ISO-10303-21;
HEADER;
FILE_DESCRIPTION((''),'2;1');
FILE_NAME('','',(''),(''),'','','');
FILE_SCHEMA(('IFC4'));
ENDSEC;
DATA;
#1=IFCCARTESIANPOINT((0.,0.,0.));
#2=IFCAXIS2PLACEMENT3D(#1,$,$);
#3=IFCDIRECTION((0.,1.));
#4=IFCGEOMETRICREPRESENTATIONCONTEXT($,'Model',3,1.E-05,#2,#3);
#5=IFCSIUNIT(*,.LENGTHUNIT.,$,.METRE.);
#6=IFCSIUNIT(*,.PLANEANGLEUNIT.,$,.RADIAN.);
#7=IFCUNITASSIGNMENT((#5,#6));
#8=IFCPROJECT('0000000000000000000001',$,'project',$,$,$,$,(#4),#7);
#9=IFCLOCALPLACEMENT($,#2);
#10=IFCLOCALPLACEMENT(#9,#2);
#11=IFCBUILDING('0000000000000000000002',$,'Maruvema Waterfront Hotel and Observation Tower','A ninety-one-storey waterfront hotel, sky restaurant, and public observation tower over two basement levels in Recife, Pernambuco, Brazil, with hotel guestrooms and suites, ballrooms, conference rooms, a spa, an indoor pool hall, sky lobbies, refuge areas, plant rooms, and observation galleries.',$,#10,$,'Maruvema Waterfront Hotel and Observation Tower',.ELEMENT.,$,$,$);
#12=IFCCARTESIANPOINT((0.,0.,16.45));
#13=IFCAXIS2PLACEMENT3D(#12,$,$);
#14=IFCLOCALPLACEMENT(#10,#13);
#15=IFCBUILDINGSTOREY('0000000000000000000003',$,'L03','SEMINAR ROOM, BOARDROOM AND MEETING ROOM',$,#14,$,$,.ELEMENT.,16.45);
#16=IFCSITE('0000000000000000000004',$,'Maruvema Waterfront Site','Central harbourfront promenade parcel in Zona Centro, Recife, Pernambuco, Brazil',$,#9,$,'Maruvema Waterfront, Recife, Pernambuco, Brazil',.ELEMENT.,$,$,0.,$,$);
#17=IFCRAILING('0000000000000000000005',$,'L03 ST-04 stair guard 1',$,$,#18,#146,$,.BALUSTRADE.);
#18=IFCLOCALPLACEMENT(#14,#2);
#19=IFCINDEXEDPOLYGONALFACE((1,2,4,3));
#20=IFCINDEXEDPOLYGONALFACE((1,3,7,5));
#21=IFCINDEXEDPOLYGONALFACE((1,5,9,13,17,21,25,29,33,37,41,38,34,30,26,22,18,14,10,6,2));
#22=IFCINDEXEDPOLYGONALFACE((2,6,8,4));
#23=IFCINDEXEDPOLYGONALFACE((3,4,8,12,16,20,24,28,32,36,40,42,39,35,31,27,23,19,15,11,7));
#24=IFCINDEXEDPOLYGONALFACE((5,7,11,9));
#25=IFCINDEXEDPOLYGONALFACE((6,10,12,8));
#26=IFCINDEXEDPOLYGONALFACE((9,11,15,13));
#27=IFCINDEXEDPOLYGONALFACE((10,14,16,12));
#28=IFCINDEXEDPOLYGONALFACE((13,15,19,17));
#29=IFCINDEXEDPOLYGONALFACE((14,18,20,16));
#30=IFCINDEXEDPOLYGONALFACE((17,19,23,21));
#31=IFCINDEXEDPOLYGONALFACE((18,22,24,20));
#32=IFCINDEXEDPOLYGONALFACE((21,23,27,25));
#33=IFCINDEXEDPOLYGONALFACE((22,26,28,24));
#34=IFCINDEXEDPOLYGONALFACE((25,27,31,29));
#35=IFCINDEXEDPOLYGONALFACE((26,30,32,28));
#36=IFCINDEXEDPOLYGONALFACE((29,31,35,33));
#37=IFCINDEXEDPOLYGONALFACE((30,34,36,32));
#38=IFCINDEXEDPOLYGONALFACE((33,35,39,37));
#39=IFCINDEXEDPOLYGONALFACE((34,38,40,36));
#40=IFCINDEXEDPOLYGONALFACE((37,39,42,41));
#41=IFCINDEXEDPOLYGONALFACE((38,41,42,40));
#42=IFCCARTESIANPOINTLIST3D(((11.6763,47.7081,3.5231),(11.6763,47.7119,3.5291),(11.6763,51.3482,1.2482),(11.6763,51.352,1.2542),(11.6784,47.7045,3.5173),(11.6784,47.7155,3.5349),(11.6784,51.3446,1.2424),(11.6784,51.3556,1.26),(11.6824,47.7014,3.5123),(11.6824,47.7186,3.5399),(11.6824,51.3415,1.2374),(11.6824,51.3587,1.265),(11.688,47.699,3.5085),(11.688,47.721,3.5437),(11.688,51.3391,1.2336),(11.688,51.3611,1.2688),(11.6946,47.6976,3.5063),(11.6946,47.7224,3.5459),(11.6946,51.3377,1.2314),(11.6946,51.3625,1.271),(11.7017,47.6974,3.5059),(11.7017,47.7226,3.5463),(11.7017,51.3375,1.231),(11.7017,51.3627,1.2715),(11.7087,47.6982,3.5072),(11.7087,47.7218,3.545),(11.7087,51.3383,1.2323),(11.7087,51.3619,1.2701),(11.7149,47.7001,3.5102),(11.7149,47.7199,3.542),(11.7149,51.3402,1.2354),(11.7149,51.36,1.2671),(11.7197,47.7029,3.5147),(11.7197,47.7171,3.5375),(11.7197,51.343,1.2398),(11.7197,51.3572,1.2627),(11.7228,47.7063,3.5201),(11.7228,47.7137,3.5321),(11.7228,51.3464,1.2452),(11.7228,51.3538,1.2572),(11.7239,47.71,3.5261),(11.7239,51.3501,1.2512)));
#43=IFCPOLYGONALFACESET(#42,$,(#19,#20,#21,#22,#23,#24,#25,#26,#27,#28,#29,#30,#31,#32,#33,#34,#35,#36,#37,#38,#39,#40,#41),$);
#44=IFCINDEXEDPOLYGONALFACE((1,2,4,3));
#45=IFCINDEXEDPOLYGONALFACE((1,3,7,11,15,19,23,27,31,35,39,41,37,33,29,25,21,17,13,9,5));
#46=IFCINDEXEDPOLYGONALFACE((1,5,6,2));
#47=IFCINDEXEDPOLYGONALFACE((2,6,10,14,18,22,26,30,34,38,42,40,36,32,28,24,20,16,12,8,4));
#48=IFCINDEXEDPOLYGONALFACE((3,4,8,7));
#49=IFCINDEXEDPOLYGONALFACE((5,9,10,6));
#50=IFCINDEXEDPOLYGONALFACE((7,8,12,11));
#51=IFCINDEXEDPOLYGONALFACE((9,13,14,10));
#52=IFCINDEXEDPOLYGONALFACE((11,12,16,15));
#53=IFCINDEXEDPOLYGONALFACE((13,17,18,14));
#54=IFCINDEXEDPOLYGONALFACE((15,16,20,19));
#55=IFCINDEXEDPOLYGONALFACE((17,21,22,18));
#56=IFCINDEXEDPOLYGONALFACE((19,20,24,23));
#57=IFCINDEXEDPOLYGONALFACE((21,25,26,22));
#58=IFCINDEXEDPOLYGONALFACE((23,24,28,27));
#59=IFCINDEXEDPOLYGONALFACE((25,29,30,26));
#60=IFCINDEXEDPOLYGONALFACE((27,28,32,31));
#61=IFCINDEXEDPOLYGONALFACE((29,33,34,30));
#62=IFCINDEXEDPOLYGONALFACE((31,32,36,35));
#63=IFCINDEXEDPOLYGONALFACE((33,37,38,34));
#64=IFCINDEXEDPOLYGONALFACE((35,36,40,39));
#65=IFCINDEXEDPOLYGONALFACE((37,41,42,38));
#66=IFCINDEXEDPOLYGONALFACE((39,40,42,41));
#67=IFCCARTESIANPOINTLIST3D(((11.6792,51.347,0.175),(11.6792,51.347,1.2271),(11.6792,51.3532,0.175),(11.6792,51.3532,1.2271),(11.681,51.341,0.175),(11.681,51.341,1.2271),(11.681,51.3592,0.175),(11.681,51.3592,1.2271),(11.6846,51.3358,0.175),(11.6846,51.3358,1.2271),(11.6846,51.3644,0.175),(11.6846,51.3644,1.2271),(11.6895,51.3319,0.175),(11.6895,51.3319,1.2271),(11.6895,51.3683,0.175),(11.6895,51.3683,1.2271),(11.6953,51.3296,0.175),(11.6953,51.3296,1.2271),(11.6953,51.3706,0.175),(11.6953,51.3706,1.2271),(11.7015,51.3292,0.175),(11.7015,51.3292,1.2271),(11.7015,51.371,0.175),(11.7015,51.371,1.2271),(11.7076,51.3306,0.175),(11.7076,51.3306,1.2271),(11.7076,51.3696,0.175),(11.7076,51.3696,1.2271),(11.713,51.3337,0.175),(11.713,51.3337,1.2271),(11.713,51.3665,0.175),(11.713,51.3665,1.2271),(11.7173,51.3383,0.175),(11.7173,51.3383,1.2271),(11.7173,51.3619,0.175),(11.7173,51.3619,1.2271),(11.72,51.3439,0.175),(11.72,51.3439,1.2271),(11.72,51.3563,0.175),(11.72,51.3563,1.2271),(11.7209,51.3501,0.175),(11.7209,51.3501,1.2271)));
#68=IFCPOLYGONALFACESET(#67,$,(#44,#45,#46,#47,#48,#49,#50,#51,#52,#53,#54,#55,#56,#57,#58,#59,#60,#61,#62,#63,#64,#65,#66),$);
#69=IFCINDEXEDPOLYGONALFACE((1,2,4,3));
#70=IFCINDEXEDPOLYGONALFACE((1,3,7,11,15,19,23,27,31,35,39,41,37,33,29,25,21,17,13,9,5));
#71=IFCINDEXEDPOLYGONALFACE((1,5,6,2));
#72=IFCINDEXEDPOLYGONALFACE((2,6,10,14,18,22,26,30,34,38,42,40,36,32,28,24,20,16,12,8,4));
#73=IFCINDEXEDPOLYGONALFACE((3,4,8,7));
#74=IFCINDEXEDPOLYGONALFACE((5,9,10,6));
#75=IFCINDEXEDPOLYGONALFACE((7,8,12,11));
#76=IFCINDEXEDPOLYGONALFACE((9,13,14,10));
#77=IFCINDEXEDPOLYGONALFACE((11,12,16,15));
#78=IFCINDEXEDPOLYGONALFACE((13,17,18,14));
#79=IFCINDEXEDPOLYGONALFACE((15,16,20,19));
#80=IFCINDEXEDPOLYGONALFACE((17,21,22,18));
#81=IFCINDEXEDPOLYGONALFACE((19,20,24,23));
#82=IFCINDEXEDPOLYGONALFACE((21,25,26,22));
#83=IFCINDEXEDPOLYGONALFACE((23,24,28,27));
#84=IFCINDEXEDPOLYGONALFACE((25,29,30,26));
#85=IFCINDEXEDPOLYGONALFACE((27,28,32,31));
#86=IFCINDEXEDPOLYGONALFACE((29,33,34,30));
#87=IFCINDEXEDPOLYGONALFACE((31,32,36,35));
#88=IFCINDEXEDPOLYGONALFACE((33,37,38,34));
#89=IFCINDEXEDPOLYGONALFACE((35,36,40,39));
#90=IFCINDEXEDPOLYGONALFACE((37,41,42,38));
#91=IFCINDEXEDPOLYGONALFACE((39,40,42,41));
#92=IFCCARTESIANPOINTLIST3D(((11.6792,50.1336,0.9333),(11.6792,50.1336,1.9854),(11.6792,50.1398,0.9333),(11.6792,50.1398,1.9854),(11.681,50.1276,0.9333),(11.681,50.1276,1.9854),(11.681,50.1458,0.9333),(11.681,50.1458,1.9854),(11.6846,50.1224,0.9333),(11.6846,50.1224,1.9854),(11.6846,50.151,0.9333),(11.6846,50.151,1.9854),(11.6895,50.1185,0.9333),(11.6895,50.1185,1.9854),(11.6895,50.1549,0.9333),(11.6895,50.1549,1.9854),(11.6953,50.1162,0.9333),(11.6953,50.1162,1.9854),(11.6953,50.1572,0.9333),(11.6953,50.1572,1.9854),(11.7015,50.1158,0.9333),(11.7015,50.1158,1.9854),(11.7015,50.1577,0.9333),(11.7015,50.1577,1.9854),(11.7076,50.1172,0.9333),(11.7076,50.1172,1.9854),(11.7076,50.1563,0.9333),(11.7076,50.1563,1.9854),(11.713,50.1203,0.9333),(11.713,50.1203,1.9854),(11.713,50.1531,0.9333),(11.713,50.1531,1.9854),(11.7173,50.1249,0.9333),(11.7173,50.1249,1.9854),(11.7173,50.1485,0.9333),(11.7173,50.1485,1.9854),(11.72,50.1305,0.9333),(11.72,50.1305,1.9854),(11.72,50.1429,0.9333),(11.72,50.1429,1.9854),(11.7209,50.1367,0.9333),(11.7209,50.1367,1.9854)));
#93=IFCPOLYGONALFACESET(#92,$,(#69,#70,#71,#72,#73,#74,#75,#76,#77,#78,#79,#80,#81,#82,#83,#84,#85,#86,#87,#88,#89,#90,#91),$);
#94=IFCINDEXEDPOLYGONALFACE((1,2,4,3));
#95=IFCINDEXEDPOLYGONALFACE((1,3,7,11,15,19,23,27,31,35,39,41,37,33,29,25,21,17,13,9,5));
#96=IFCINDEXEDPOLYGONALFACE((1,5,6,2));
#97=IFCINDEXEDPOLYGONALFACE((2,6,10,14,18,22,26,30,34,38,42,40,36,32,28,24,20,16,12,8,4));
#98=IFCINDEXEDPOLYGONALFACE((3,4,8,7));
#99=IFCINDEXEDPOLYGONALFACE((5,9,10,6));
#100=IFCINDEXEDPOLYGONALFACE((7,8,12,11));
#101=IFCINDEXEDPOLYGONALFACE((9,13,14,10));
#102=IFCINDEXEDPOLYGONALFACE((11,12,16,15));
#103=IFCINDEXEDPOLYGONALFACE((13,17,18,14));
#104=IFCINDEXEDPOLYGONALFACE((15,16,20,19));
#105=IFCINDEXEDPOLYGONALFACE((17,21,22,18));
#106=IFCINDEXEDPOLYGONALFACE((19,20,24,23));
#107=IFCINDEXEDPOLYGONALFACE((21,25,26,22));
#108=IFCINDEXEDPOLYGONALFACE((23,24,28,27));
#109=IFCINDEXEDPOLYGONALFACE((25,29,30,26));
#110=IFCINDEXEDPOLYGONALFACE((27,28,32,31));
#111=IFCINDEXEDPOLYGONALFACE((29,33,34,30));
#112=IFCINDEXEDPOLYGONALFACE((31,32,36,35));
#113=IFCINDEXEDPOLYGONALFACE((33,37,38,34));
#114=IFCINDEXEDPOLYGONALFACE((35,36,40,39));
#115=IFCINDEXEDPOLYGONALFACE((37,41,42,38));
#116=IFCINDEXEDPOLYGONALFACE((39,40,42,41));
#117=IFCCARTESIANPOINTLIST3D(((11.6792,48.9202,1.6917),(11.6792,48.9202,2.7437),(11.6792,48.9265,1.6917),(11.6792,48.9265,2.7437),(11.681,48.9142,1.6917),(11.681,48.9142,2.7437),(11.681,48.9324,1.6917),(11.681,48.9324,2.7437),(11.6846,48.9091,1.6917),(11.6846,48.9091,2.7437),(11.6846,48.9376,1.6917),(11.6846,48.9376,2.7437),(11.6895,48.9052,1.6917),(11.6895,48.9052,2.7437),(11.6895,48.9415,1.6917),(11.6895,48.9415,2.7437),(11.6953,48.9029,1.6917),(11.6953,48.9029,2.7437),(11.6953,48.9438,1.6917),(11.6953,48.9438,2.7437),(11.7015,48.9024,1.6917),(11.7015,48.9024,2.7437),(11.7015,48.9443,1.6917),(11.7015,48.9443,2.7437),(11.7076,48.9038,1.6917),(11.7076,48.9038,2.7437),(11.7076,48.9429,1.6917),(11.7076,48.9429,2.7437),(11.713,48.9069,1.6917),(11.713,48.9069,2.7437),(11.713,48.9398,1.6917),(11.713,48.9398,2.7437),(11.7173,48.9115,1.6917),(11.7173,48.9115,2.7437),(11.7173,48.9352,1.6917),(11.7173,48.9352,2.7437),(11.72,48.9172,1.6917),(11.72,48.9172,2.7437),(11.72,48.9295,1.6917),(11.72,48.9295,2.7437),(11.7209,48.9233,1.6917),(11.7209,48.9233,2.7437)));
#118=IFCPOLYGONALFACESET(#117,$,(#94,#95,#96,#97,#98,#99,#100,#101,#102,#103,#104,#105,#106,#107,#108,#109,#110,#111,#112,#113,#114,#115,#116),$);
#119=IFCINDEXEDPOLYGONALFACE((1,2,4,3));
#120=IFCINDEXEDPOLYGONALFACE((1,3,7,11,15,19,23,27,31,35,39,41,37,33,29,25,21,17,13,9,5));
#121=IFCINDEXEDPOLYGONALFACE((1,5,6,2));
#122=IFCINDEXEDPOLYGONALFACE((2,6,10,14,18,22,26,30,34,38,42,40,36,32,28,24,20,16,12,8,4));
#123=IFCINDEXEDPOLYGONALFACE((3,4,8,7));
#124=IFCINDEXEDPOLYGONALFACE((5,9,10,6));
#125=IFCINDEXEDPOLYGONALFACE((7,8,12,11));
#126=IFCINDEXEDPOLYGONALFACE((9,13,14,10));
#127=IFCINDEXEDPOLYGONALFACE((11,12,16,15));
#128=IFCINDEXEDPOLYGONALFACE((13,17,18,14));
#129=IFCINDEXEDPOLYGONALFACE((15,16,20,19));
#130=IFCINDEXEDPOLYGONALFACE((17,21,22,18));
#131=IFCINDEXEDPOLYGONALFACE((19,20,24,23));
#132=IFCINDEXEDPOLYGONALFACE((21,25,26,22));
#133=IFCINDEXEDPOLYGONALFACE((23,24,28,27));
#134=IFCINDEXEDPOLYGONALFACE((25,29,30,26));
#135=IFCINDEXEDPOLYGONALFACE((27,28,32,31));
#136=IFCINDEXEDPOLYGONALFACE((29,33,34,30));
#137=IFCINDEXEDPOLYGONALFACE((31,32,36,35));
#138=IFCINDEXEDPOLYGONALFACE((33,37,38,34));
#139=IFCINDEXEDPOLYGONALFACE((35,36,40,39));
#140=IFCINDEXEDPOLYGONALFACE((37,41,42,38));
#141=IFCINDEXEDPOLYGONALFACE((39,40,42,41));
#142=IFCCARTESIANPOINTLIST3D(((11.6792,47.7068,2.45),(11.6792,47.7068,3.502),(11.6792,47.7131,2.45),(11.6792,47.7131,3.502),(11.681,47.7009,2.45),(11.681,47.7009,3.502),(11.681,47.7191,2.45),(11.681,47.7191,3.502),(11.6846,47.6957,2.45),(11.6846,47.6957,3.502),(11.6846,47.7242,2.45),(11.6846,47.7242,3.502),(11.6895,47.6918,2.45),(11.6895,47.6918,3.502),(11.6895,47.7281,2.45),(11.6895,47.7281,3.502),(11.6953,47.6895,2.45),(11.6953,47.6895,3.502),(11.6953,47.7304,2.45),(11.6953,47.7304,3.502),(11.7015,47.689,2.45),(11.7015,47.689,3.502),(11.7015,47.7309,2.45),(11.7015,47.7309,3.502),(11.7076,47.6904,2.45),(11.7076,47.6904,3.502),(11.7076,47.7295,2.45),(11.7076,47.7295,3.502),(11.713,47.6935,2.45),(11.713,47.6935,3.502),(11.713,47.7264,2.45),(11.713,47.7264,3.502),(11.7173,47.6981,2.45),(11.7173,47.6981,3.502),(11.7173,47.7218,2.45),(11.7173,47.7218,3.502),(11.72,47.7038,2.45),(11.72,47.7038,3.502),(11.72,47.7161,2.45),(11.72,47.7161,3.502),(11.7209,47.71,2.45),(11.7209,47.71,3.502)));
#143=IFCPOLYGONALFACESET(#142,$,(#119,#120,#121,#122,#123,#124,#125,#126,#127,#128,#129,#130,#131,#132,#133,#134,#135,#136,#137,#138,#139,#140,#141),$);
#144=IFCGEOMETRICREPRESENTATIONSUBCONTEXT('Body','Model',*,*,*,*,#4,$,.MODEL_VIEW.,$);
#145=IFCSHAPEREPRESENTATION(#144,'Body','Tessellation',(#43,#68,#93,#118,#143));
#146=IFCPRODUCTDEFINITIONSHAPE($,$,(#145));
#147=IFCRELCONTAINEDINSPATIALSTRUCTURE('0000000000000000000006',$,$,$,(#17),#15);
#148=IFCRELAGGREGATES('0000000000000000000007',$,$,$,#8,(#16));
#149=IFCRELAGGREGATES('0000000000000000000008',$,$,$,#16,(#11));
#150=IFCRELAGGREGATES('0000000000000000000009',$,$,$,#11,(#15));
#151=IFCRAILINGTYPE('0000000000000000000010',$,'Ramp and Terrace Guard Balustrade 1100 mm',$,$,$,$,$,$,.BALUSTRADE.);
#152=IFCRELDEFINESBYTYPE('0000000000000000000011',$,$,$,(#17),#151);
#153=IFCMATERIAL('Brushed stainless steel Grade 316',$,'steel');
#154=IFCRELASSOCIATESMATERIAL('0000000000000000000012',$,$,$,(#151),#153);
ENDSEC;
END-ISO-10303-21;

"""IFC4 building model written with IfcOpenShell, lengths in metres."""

from ifc_helpers import new_model, si_unit, direction, frame, origin, origin_2d, place, context, subcontext, project, spatial, circle, extrude, material, type_object, element, save


model = new_model("IFC4")

# Units and contexts
model_context = context("Model", 3, precision=1e-05, world=origin(), true_north=direction((0.0, 1.0)))
body_context = subcontext(model_context, "Body", "Model", "MODEL_VIEW")
ifc_project = project(units=[si_unit("LENGTHUNIT", "METRE"), si_unit("PLANEANGLEUNIT", "RADIAN")], contexts=[model_context])

# Site, building, storey
site_placement = place(None, origin())
site = spatial("IfcSite", under=ifc_project, at=site_placement, Name="Maruvema Waterfront Site", Description="Central harbourfront promenade parcel in Zona Centro, Recife, Pernambuco, Brazil", LongName="Maruvema Waterfront, Recife, Pernambuco, Brazil", CompositionType="ELEMENT", RefElevation=0.0)
building_placement = place(site_placement, origin())
building = spatial("IfcBuilding", under=site, at=building_placement, Name="Maruvema Waterfront Hotel and Observation Tower", Description="A ninety-one-storey waterfront hotel, sky restaurant, and public observation tower over two basement levels in Recife, Pernambuco, Brazil, with hotel guestrooms and suites, ballrooms, conference rooms, a spa, an indoor pool hall, sky lobbies, refuge areas, plant rooms, and observation galleries.", LongName="Maruvema Waterfront Hotel and Observation Tower", CompositionType="ELEMENT")
storey_placement = place(building_placement, frame((0.0, 0.0, 16.45)))
storey = spatial("IfcBuildingStorey", under=building, at=storey_placement, Name="L03", Description="SEMINAR ROOM, BOARDROOM AND MEETING ROOM", CompositionType="ELEMENT", Elevation=16.45)

# Railing
ifc_material_1 = material(Name="Brushed stainless steel Grade 316", Category="steel")
railing_type_1 = type_object("IfcRailingType", Name="Ramp and Terrace Guard Balustrade 1100 mm", PredefinedType="BALUSTRADE", material=ifc_material_1)
railing_1_placement = place(storey_placement, frame((11.7, 51.3501, 0.175)))
element("IfcRailing", 1, at=railing_1_placement, inside=storey, type_object=railing_type_1, Name="L03 ST-04 stair guard 1", PredefinedType="BALUSTRADE", context=body_context, shape_type="SweptSolid", body=[
    extrude(circle(Radius=0.0239, at=origin_2d()), frame((0.0, 0.0, 1.0762), z_axis=(0.0, -0.848017, 0.529968), x_axis=(1.0, 0.0, 0.0)), (0.0, 0.0, 1.0), 4.2925),
    extrude(circle(Radius=0.021, at=origin_2d()), origin(), (0.0, 0.0, 1.0), 1.052),
    extrude(circle(Radius=0.021, at=origin_2d()), frame((0.0, -1.2134, 0.7583)), (0.0, 0.0, 1.0), 1.052),
    extrude(circle(Radius=0.021, at=origin_2d()), frame((0.0, -2.4268, 1.5166)), (0.0, 0.0, 1.0), 1.052),
    extrude(circle(Radius=0.021, at=origin_2d()), frame((0.0, -3.6401, 2.2749)), (0.0, 0.0, 1.0), 1.052),
])

save(model, "model.ifc")
